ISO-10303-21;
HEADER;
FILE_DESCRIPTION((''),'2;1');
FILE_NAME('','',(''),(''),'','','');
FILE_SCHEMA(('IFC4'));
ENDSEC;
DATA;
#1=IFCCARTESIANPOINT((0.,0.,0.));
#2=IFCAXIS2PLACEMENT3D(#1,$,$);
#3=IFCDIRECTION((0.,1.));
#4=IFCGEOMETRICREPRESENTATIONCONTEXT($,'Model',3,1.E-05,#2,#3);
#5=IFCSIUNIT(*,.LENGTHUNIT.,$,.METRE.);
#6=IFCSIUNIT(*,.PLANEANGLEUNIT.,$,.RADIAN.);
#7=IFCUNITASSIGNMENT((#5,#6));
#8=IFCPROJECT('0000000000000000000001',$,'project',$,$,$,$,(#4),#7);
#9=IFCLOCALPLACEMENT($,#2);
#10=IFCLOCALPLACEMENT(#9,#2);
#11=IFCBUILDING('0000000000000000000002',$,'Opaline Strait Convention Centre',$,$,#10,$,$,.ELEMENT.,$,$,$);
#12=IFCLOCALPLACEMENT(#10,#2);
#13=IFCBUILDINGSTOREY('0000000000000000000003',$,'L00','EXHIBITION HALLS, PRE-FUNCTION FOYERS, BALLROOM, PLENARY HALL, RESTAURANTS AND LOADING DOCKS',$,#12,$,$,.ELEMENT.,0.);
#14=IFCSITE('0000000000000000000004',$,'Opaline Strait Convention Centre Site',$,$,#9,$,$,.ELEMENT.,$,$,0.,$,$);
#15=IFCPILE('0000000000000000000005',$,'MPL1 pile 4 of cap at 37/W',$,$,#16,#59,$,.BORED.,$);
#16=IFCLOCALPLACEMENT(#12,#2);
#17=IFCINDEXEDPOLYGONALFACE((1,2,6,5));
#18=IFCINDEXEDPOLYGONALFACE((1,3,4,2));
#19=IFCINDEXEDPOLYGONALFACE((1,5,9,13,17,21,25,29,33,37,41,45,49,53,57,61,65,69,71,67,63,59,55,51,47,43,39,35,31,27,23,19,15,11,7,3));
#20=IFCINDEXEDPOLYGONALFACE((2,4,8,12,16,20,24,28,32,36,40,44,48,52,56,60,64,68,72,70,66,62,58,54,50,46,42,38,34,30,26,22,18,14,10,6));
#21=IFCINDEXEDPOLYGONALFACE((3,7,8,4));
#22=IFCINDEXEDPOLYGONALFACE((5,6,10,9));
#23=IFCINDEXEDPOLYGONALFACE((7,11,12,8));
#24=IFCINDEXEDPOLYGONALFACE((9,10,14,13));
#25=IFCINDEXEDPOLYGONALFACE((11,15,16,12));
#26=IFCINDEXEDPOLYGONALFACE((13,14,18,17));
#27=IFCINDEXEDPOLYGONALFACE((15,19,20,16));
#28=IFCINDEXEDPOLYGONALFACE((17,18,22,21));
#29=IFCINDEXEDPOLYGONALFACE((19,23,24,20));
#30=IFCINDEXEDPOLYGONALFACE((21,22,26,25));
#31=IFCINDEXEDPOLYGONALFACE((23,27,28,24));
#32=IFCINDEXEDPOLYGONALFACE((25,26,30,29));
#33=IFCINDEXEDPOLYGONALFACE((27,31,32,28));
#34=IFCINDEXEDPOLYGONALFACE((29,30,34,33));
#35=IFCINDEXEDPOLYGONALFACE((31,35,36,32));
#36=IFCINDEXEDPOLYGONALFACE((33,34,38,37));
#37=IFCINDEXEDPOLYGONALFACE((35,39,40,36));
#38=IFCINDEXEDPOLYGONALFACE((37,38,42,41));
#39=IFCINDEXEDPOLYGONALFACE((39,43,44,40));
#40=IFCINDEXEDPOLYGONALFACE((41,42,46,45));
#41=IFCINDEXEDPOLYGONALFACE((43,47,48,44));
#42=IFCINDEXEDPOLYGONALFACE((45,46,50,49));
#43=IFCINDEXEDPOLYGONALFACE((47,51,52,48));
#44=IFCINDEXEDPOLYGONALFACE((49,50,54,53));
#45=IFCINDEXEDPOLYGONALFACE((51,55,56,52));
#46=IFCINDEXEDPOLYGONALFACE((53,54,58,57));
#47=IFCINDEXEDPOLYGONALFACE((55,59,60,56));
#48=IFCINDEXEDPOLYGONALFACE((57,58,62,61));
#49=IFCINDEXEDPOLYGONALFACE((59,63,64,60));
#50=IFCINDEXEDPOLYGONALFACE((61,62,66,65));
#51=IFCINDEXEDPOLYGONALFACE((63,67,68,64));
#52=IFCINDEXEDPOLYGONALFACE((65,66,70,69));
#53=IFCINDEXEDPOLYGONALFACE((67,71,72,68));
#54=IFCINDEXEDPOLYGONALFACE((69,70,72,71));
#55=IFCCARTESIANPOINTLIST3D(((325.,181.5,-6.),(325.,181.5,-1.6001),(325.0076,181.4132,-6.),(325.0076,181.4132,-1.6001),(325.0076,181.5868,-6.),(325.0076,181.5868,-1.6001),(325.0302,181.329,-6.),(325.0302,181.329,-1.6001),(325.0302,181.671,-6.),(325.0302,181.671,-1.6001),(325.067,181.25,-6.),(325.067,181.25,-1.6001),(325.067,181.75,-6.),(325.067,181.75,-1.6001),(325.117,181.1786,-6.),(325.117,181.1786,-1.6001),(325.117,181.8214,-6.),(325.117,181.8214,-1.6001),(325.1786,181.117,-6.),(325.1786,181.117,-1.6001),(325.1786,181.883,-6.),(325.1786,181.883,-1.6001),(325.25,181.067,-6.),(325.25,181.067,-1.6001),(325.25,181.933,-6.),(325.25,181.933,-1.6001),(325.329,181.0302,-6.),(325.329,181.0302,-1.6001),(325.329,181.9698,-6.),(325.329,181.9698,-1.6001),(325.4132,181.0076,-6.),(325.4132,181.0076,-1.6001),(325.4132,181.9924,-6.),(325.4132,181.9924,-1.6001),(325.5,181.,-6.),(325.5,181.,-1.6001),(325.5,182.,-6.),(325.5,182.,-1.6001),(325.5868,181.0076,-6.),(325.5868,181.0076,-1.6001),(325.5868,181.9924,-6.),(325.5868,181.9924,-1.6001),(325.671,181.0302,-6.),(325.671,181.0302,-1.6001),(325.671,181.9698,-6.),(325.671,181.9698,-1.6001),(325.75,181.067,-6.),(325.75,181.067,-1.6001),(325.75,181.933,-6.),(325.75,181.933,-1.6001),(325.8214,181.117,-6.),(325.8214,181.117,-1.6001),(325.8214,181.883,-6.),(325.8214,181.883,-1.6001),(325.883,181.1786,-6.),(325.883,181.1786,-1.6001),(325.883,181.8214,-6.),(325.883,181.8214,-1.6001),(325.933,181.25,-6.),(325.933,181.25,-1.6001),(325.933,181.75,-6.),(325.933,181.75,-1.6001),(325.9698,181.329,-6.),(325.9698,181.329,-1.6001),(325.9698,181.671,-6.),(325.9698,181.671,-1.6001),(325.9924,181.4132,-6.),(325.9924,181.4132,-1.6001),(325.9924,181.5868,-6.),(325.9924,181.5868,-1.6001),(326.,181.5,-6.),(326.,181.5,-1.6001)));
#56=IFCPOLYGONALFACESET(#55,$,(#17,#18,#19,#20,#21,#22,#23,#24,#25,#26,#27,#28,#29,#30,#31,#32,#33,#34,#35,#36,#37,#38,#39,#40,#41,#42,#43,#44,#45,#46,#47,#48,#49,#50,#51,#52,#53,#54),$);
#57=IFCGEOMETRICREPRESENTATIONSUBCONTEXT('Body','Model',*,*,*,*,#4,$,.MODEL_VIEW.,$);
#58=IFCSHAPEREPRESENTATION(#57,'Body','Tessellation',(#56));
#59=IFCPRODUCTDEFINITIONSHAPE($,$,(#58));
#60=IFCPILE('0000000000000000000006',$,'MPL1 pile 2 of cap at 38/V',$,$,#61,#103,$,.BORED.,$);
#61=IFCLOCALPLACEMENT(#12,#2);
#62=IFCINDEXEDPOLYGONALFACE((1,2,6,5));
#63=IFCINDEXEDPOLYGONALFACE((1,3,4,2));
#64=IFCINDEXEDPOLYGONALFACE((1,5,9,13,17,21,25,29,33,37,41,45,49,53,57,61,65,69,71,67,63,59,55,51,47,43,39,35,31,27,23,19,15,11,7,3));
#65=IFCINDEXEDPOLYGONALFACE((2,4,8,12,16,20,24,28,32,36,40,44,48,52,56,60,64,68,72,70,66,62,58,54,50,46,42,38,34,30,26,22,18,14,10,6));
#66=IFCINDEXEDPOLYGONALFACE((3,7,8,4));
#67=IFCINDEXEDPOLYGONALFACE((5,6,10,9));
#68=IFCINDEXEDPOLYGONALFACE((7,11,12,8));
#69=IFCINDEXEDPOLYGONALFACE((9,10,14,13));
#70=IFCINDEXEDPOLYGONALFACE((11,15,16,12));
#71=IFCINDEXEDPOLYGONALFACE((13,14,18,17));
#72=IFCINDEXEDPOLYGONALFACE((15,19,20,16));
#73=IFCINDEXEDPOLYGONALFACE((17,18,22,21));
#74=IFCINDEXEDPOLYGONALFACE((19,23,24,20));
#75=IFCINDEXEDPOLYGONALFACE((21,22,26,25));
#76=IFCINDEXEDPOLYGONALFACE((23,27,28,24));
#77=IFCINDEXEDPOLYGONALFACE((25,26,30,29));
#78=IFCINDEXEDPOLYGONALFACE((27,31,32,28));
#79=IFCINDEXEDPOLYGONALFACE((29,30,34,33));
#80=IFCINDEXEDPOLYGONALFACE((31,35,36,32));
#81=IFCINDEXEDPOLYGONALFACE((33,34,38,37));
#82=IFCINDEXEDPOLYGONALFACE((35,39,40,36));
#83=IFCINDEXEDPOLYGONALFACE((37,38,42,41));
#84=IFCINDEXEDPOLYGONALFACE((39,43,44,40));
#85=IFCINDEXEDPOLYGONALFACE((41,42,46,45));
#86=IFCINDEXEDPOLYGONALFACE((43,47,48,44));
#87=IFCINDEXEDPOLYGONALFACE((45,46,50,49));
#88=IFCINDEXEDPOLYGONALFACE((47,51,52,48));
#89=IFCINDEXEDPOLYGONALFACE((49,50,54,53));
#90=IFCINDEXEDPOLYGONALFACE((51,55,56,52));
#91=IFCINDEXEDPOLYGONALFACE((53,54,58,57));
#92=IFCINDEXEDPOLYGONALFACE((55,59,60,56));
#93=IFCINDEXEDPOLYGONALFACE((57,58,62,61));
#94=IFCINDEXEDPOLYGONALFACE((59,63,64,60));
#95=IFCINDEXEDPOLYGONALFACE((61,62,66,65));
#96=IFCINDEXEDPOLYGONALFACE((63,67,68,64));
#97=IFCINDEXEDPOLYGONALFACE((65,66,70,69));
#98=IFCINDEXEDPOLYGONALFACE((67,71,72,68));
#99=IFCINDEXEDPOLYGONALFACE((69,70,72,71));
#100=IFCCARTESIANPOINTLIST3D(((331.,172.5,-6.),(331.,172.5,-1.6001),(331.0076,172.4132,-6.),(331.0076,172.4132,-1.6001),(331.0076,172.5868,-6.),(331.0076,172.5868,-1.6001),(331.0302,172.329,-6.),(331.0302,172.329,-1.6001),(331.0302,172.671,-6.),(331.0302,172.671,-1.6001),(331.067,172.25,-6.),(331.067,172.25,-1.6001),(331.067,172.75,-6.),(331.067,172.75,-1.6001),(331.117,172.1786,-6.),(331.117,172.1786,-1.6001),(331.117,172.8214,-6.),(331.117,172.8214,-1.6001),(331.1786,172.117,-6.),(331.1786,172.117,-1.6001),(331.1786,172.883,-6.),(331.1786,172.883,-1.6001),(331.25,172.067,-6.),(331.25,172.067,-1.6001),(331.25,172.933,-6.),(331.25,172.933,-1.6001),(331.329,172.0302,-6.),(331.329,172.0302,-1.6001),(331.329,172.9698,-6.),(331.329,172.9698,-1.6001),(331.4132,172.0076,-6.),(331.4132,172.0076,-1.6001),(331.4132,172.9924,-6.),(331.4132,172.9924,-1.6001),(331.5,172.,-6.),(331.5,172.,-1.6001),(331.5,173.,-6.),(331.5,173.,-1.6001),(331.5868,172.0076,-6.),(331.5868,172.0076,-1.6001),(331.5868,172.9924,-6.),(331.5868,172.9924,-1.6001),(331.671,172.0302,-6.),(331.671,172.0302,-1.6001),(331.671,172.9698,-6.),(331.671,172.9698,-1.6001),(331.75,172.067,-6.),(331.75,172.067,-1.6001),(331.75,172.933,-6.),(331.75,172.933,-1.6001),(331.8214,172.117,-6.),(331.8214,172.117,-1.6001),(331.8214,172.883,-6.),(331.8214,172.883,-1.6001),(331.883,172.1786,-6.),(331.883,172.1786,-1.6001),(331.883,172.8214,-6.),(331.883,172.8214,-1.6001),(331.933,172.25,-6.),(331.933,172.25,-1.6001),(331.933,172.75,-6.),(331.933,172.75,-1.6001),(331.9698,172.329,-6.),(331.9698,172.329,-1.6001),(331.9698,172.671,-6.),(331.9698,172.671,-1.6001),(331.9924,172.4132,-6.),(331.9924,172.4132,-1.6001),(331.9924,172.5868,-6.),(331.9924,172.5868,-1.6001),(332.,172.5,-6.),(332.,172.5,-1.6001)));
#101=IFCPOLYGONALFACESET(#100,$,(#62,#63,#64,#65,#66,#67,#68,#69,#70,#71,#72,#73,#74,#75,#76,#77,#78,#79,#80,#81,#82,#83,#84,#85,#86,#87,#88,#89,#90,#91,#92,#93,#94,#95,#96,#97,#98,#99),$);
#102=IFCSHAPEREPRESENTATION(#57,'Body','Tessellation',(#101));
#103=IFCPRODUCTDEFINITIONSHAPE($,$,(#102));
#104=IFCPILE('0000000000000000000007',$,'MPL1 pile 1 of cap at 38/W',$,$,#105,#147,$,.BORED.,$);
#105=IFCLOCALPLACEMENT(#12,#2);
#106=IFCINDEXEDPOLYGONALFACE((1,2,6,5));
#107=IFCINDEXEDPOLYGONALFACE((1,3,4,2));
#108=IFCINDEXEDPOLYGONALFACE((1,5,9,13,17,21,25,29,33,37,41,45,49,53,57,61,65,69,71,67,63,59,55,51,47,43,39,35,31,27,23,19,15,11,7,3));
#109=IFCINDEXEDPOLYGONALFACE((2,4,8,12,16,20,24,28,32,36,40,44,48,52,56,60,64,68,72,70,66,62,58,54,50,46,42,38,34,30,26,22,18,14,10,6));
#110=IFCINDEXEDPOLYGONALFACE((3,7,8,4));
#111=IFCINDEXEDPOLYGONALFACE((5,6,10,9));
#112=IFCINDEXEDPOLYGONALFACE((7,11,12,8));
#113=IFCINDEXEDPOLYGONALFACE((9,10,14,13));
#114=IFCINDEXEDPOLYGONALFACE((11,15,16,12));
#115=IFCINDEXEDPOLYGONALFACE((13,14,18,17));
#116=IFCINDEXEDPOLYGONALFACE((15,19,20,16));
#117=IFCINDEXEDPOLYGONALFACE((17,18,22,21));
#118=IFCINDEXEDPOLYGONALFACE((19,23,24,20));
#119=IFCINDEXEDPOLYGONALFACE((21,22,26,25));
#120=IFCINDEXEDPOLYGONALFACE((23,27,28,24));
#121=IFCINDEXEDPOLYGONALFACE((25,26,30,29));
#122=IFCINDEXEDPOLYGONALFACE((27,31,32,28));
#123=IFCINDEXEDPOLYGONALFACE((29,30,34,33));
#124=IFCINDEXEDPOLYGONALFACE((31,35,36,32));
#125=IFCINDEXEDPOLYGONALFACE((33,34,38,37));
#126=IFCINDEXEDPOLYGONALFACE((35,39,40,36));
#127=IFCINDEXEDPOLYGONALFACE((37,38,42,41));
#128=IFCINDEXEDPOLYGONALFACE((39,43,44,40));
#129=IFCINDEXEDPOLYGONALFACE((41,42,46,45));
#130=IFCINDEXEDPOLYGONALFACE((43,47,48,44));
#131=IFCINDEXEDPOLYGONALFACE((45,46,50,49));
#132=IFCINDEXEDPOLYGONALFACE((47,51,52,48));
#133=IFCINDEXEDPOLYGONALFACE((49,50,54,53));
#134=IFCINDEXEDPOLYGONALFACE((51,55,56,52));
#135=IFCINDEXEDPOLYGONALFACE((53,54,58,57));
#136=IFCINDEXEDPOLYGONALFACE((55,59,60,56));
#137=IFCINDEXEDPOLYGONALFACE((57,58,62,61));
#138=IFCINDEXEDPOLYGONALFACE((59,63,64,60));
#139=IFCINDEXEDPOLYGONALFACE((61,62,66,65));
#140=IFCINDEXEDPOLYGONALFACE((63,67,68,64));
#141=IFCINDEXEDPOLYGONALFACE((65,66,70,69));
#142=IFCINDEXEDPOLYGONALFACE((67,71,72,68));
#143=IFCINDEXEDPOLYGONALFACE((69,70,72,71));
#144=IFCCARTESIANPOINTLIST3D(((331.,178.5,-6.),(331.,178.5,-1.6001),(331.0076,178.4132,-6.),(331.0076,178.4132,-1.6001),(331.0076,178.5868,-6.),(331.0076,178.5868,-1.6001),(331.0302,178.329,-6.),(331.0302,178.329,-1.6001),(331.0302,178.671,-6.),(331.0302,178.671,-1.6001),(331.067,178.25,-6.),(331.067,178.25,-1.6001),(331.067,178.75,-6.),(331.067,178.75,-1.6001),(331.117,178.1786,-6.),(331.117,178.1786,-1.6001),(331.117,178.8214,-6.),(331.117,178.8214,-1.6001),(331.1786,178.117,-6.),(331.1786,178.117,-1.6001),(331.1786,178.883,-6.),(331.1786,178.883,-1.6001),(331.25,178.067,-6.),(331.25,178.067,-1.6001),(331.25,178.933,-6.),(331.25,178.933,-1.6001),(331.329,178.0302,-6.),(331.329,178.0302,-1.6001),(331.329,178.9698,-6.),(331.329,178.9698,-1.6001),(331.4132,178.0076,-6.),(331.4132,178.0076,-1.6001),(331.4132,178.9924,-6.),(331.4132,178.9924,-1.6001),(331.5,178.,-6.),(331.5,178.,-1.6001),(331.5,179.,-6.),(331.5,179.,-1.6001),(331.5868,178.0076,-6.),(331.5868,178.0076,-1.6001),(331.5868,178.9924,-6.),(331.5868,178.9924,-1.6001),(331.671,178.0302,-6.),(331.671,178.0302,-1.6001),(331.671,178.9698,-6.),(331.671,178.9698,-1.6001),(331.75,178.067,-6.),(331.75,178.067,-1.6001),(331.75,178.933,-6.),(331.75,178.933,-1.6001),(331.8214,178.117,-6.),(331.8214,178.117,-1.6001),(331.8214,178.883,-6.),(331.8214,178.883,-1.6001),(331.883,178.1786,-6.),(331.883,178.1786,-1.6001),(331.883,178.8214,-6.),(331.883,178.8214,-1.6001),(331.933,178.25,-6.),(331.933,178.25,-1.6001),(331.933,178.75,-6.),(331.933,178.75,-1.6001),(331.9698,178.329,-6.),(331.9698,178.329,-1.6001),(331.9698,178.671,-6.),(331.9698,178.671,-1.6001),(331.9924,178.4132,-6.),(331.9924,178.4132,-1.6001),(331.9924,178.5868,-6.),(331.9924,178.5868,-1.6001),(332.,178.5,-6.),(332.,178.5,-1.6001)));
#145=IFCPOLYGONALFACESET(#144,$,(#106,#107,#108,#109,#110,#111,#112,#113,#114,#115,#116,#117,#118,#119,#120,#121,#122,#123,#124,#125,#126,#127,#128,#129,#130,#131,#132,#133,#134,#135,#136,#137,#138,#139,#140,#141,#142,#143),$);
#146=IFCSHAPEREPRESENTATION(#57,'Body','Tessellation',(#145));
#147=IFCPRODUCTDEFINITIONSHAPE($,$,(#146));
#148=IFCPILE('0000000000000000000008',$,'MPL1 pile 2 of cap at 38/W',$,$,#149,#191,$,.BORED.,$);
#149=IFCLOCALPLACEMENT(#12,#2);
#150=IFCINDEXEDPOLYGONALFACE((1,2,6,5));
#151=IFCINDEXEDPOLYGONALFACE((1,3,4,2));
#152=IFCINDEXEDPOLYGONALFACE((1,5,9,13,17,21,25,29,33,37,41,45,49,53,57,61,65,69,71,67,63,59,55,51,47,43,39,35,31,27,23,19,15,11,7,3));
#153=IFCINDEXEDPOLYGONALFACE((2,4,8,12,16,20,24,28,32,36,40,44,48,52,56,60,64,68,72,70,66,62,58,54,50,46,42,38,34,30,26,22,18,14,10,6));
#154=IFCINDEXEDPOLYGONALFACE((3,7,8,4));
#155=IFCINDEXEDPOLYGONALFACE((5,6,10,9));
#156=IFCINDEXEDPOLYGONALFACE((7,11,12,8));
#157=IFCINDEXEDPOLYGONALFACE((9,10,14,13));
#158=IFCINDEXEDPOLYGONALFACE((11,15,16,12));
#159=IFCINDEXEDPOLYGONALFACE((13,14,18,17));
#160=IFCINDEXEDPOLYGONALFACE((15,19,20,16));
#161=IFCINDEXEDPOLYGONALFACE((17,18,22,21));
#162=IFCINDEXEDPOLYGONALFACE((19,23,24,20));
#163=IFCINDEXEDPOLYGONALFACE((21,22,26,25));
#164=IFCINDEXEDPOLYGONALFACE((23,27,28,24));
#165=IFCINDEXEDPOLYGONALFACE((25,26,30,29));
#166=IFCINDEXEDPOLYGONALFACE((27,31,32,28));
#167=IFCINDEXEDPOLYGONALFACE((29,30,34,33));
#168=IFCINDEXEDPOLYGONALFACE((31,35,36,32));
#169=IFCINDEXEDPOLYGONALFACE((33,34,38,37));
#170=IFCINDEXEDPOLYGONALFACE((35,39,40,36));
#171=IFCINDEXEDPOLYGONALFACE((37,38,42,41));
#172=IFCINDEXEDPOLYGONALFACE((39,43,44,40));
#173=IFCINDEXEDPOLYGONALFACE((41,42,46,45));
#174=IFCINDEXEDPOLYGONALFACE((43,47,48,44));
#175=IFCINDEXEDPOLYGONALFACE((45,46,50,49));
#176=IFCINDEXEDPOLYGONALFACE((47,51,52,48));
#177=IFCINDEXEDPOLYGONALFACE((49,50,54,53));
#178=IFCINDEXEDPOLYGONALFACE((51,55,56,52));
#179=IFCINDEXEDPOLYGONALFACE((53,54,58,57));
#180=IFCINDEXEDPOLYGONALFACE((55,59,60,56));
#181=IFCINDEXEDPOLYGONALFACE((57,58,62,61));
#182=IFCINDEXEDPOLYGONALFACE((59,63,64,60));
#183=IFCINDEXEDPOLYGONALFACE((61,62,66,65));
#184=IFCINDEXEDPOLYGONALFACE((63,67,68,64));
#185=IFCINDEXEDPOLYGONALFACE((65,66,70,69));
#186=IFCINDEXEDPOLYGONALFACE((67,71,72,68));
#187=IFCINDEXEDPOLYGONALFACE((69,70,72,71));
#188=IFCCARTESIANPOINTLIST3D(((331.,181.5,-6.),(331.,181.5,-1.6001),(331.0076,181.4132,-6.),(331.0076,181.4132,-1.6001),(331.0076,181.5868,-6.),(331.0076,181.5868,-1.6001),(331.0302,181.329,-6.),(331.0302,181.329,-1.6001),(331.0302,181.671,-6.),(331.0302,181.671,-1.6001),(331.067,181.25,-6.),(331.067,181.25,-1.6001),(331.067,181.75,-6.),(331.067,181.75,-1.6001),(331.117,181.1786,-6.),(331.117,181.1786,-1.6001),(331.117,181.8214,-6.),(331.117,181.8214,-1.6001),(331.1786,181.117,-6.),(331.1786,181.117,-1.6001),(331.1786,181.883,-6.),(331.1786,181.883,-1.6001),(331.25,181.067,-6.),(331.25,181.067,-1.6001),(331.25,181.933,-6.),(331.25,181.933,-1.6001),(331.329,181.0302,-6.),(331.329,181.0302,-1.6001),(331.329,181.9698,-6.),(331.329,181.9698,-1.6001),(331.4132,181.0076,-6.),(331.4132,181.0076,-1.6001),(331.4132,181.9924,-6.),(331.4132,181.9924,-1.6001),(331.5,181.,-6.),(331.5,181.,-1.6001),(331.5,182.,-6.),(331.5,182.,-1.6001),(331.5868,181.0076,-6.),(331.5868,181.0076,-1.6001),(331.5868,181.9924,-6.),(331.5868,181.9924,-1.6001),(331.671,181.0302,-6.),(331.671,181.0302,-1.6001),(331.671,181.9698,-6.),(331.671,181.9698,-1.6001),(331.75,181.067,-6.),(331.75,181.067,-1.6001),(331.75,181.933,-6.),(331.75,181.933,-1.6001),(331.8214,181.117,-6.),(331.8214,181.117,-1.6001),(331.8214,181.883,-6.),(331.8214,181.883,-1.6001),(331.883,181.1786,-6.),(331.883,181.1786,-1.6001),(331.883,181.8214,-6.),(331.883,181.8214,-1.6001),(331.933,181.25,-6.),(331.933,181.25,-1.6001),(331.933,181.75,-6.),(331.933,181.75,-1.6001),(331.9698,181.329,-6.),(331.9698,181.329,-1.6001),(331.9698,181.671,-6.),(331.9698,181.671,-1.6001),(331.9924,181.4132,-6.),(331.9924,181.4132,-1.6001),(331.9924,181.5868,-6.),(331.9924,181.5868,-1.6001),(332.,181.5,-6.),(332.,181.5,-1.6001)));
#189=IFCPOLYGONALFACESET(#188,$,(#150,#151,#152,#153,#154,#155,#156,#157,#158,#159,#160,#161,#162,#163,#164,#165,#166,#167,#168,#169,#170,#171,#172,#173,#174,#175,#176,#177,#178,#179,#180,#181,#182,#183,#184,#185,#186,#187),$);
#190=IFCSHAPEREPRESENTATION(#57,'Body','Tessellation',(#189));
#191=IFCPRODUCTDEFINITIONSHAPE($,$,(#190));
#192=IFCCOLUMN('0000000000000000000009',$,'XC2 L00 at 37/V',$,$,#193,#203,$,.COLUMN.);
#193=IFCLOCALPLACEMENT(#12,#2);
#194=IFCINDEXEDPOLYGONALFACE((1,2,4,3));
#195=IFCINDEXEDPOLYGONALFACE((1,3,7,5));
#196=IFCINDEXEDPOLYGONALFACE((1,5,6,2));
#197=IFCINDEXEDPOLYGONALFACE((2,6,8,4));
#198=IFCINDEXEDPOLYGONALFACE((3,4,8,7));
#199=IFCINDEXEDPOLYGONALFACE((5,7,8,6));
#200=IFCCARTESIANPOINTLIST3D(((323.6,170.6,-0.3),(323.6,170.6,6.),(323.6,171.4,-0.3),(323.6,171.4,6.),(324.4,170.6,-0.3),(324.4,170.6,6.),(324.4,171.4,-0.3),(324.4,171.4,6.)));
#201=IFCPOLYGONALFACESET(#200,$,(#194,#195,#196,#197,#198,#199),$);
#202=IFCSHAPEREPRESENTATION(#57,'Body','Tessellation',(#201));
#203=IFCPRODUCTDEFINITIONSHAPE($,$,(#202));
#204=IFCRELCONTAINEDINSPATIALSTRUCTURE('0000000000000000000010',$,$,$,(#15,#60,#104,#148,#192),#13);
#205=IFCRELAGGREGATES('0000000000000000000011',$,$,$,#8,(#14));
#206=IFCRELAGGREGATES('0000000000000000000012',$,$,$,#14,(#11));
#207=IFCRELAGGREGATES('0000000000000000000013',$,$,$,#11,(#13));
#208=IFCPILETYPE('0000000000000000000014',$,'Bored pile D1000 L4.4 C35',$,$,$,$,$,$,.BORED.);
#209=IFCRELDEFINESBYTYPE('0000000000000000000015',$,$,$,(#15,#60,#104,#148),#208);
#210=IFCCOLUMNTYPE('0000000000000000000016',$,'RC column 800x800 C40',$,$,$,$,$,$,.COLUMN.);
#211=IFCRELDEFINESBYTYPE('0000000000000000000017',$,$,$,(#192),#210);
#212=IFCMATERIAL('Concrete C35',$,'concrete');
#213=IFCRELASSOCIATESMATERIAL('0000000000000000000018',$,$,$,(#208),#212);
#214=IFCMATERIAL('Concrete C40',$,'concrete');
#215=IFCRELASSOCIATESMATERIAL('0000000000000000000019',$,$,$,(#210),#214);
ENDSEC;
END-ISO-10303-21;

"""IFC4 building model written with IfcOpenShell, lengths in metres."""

from ifc_helpers import new_model, si_unit, direction, frame, origin, origin_2d, place, context, subcontext, project, spatial, rectangle, circle, extrude, material, material_profile, profile_set, type_object, element, save


model = new_model("IFC4")

# Units and contexts
model_context = context("Model", 3, precision=1e-05, world=origin(), true_north=direction((0.0, 1.0)))
body_context = subcontext(model_context, "Body", "Model", "MODEL_VIEW")
ifc_project = project(units=[si_unit("LENGTHUNIT", "METRE"), si_unit("PLANEANGLEUNIT", "RADIAN")], contexts=[model_context])

# Site, building, storey
site_placement = place(None, origin())
site = spatial("IfcSite", under=ifc_project, at=site_placement, Name="Opaline Strait Convention Centre Site", CompositionType="ELEMENT", RefElevation=0.0)
building_placement = place(site_placement, origin())
building = spatial("IfcBuilding", under=site, at=building_placement, Name="Opaline Strait Convention Centre", CompositionType="ELEMENT")
storey_placement = place(building_placement, origin())
storey = spatial("IfcBuildingStorey", under=building, at=storey_placement, Name="L00", Description="EXHIBITION HALLS, PRE-FUNCTION FOYERS, BALLROOM, PLENARY HALL, RESTAURANTS AND LOADING DOCKS", CompositionType="ELEMENT", Elevation=0.0)

# Piles
ifc_material_1 = material(Name="Concrete C35", Category="concrete")
ifc_material_profile_1 = material_profile(ifc_material_1, circle(Radius=0.5, at=origin_2d()), Name="D1000")
ifc_profile_set_1 = profile_set([ifc_material_profile_1], Name="Concrete C35")
pile_type = type_object("IfcPileType", Name="Bored pile D1000 L4.4 C35", PredefinedType="BORED", material=ifc_profile_set_1)
for number, where, z_axis, x_axis, name in (
    (1, (325.5, 181.5, -1.6001), (0.0, 0.0, -1.0), (1.0, 0.0, 0.0), "MPL1 pile 4 of cap at 37/W"),
    (2, (331.5, 172.5, -1.6001), (0.0, 0.0, -1.0), (1.0, 0.0, 0.0), "MPL1 pile 2 of cap at 38/V"),
    (3, (331.5, 178.5, -1.6001), (0.0, 0.0, -1.0), (1.0, 0.0, 0.0), "MPL1 pile 1 of cap at 38/W"),
    (4, (331.5, 181.5, -1.6001), (0.0, 0.0, -1.0), (1.0, 0.0, 0.0), "MPL1 pile 2 of cap at 38/W"),
):
    element("IfcPile", number, at=place(storey_placement, frame(where, z_axis=z_axis, x_axis=x_axis)), inside=storey, type_object=pile_type, Name=name, PredefinedType="BORED", context=body_context, shape_type="SweptSolid", body=[
        extrude(circle(Radius=0.5, at=origin_2d()), origin(), (0.0, 0.0, 1.0), 4.3999),
    ])

# Column
ifc_material_2 = material(Name="Concrete C40", Category="concrete")
ifc_material_profile_2 = material_profile(ifc_material_2, rectangle(XDim=0.8, YDim=0.8, at=origin_2d()), Name="RC 800x800")
ifc_profile_set_2 = profile_set([ifc_material_profile_2], Name="Concrete C40")
column_type = type_object("IfcColumnType", Name="RC column 800x800 C40", PredefinedType="COLUMN", material=ifc_profile_set_2)
for number, where, z_axis, x_axis, name in (
    (5, (324.0, 171.0, -0.3), (0.0, 0.0, 1.0), (1.0, 0.0, 0.0), "XC2 L00 at 37/V"),
):
    element("IfcColumn", number, at=place(storey_placement, frame(where, z_axis=z_axis, x_axis=x_axis)), inside=storey, type_object=column_type, Name=name, PredefinedType="COLUMN", context=body_context, shape_type="SweptSolid", body=[
        extrude(rectangle(XDim=0.8, YDim=0.8, at=origin_2d()), origin(), (0.0, 0.0, 1.0), 6.3),
    ])

save(model, "model.ifc")
